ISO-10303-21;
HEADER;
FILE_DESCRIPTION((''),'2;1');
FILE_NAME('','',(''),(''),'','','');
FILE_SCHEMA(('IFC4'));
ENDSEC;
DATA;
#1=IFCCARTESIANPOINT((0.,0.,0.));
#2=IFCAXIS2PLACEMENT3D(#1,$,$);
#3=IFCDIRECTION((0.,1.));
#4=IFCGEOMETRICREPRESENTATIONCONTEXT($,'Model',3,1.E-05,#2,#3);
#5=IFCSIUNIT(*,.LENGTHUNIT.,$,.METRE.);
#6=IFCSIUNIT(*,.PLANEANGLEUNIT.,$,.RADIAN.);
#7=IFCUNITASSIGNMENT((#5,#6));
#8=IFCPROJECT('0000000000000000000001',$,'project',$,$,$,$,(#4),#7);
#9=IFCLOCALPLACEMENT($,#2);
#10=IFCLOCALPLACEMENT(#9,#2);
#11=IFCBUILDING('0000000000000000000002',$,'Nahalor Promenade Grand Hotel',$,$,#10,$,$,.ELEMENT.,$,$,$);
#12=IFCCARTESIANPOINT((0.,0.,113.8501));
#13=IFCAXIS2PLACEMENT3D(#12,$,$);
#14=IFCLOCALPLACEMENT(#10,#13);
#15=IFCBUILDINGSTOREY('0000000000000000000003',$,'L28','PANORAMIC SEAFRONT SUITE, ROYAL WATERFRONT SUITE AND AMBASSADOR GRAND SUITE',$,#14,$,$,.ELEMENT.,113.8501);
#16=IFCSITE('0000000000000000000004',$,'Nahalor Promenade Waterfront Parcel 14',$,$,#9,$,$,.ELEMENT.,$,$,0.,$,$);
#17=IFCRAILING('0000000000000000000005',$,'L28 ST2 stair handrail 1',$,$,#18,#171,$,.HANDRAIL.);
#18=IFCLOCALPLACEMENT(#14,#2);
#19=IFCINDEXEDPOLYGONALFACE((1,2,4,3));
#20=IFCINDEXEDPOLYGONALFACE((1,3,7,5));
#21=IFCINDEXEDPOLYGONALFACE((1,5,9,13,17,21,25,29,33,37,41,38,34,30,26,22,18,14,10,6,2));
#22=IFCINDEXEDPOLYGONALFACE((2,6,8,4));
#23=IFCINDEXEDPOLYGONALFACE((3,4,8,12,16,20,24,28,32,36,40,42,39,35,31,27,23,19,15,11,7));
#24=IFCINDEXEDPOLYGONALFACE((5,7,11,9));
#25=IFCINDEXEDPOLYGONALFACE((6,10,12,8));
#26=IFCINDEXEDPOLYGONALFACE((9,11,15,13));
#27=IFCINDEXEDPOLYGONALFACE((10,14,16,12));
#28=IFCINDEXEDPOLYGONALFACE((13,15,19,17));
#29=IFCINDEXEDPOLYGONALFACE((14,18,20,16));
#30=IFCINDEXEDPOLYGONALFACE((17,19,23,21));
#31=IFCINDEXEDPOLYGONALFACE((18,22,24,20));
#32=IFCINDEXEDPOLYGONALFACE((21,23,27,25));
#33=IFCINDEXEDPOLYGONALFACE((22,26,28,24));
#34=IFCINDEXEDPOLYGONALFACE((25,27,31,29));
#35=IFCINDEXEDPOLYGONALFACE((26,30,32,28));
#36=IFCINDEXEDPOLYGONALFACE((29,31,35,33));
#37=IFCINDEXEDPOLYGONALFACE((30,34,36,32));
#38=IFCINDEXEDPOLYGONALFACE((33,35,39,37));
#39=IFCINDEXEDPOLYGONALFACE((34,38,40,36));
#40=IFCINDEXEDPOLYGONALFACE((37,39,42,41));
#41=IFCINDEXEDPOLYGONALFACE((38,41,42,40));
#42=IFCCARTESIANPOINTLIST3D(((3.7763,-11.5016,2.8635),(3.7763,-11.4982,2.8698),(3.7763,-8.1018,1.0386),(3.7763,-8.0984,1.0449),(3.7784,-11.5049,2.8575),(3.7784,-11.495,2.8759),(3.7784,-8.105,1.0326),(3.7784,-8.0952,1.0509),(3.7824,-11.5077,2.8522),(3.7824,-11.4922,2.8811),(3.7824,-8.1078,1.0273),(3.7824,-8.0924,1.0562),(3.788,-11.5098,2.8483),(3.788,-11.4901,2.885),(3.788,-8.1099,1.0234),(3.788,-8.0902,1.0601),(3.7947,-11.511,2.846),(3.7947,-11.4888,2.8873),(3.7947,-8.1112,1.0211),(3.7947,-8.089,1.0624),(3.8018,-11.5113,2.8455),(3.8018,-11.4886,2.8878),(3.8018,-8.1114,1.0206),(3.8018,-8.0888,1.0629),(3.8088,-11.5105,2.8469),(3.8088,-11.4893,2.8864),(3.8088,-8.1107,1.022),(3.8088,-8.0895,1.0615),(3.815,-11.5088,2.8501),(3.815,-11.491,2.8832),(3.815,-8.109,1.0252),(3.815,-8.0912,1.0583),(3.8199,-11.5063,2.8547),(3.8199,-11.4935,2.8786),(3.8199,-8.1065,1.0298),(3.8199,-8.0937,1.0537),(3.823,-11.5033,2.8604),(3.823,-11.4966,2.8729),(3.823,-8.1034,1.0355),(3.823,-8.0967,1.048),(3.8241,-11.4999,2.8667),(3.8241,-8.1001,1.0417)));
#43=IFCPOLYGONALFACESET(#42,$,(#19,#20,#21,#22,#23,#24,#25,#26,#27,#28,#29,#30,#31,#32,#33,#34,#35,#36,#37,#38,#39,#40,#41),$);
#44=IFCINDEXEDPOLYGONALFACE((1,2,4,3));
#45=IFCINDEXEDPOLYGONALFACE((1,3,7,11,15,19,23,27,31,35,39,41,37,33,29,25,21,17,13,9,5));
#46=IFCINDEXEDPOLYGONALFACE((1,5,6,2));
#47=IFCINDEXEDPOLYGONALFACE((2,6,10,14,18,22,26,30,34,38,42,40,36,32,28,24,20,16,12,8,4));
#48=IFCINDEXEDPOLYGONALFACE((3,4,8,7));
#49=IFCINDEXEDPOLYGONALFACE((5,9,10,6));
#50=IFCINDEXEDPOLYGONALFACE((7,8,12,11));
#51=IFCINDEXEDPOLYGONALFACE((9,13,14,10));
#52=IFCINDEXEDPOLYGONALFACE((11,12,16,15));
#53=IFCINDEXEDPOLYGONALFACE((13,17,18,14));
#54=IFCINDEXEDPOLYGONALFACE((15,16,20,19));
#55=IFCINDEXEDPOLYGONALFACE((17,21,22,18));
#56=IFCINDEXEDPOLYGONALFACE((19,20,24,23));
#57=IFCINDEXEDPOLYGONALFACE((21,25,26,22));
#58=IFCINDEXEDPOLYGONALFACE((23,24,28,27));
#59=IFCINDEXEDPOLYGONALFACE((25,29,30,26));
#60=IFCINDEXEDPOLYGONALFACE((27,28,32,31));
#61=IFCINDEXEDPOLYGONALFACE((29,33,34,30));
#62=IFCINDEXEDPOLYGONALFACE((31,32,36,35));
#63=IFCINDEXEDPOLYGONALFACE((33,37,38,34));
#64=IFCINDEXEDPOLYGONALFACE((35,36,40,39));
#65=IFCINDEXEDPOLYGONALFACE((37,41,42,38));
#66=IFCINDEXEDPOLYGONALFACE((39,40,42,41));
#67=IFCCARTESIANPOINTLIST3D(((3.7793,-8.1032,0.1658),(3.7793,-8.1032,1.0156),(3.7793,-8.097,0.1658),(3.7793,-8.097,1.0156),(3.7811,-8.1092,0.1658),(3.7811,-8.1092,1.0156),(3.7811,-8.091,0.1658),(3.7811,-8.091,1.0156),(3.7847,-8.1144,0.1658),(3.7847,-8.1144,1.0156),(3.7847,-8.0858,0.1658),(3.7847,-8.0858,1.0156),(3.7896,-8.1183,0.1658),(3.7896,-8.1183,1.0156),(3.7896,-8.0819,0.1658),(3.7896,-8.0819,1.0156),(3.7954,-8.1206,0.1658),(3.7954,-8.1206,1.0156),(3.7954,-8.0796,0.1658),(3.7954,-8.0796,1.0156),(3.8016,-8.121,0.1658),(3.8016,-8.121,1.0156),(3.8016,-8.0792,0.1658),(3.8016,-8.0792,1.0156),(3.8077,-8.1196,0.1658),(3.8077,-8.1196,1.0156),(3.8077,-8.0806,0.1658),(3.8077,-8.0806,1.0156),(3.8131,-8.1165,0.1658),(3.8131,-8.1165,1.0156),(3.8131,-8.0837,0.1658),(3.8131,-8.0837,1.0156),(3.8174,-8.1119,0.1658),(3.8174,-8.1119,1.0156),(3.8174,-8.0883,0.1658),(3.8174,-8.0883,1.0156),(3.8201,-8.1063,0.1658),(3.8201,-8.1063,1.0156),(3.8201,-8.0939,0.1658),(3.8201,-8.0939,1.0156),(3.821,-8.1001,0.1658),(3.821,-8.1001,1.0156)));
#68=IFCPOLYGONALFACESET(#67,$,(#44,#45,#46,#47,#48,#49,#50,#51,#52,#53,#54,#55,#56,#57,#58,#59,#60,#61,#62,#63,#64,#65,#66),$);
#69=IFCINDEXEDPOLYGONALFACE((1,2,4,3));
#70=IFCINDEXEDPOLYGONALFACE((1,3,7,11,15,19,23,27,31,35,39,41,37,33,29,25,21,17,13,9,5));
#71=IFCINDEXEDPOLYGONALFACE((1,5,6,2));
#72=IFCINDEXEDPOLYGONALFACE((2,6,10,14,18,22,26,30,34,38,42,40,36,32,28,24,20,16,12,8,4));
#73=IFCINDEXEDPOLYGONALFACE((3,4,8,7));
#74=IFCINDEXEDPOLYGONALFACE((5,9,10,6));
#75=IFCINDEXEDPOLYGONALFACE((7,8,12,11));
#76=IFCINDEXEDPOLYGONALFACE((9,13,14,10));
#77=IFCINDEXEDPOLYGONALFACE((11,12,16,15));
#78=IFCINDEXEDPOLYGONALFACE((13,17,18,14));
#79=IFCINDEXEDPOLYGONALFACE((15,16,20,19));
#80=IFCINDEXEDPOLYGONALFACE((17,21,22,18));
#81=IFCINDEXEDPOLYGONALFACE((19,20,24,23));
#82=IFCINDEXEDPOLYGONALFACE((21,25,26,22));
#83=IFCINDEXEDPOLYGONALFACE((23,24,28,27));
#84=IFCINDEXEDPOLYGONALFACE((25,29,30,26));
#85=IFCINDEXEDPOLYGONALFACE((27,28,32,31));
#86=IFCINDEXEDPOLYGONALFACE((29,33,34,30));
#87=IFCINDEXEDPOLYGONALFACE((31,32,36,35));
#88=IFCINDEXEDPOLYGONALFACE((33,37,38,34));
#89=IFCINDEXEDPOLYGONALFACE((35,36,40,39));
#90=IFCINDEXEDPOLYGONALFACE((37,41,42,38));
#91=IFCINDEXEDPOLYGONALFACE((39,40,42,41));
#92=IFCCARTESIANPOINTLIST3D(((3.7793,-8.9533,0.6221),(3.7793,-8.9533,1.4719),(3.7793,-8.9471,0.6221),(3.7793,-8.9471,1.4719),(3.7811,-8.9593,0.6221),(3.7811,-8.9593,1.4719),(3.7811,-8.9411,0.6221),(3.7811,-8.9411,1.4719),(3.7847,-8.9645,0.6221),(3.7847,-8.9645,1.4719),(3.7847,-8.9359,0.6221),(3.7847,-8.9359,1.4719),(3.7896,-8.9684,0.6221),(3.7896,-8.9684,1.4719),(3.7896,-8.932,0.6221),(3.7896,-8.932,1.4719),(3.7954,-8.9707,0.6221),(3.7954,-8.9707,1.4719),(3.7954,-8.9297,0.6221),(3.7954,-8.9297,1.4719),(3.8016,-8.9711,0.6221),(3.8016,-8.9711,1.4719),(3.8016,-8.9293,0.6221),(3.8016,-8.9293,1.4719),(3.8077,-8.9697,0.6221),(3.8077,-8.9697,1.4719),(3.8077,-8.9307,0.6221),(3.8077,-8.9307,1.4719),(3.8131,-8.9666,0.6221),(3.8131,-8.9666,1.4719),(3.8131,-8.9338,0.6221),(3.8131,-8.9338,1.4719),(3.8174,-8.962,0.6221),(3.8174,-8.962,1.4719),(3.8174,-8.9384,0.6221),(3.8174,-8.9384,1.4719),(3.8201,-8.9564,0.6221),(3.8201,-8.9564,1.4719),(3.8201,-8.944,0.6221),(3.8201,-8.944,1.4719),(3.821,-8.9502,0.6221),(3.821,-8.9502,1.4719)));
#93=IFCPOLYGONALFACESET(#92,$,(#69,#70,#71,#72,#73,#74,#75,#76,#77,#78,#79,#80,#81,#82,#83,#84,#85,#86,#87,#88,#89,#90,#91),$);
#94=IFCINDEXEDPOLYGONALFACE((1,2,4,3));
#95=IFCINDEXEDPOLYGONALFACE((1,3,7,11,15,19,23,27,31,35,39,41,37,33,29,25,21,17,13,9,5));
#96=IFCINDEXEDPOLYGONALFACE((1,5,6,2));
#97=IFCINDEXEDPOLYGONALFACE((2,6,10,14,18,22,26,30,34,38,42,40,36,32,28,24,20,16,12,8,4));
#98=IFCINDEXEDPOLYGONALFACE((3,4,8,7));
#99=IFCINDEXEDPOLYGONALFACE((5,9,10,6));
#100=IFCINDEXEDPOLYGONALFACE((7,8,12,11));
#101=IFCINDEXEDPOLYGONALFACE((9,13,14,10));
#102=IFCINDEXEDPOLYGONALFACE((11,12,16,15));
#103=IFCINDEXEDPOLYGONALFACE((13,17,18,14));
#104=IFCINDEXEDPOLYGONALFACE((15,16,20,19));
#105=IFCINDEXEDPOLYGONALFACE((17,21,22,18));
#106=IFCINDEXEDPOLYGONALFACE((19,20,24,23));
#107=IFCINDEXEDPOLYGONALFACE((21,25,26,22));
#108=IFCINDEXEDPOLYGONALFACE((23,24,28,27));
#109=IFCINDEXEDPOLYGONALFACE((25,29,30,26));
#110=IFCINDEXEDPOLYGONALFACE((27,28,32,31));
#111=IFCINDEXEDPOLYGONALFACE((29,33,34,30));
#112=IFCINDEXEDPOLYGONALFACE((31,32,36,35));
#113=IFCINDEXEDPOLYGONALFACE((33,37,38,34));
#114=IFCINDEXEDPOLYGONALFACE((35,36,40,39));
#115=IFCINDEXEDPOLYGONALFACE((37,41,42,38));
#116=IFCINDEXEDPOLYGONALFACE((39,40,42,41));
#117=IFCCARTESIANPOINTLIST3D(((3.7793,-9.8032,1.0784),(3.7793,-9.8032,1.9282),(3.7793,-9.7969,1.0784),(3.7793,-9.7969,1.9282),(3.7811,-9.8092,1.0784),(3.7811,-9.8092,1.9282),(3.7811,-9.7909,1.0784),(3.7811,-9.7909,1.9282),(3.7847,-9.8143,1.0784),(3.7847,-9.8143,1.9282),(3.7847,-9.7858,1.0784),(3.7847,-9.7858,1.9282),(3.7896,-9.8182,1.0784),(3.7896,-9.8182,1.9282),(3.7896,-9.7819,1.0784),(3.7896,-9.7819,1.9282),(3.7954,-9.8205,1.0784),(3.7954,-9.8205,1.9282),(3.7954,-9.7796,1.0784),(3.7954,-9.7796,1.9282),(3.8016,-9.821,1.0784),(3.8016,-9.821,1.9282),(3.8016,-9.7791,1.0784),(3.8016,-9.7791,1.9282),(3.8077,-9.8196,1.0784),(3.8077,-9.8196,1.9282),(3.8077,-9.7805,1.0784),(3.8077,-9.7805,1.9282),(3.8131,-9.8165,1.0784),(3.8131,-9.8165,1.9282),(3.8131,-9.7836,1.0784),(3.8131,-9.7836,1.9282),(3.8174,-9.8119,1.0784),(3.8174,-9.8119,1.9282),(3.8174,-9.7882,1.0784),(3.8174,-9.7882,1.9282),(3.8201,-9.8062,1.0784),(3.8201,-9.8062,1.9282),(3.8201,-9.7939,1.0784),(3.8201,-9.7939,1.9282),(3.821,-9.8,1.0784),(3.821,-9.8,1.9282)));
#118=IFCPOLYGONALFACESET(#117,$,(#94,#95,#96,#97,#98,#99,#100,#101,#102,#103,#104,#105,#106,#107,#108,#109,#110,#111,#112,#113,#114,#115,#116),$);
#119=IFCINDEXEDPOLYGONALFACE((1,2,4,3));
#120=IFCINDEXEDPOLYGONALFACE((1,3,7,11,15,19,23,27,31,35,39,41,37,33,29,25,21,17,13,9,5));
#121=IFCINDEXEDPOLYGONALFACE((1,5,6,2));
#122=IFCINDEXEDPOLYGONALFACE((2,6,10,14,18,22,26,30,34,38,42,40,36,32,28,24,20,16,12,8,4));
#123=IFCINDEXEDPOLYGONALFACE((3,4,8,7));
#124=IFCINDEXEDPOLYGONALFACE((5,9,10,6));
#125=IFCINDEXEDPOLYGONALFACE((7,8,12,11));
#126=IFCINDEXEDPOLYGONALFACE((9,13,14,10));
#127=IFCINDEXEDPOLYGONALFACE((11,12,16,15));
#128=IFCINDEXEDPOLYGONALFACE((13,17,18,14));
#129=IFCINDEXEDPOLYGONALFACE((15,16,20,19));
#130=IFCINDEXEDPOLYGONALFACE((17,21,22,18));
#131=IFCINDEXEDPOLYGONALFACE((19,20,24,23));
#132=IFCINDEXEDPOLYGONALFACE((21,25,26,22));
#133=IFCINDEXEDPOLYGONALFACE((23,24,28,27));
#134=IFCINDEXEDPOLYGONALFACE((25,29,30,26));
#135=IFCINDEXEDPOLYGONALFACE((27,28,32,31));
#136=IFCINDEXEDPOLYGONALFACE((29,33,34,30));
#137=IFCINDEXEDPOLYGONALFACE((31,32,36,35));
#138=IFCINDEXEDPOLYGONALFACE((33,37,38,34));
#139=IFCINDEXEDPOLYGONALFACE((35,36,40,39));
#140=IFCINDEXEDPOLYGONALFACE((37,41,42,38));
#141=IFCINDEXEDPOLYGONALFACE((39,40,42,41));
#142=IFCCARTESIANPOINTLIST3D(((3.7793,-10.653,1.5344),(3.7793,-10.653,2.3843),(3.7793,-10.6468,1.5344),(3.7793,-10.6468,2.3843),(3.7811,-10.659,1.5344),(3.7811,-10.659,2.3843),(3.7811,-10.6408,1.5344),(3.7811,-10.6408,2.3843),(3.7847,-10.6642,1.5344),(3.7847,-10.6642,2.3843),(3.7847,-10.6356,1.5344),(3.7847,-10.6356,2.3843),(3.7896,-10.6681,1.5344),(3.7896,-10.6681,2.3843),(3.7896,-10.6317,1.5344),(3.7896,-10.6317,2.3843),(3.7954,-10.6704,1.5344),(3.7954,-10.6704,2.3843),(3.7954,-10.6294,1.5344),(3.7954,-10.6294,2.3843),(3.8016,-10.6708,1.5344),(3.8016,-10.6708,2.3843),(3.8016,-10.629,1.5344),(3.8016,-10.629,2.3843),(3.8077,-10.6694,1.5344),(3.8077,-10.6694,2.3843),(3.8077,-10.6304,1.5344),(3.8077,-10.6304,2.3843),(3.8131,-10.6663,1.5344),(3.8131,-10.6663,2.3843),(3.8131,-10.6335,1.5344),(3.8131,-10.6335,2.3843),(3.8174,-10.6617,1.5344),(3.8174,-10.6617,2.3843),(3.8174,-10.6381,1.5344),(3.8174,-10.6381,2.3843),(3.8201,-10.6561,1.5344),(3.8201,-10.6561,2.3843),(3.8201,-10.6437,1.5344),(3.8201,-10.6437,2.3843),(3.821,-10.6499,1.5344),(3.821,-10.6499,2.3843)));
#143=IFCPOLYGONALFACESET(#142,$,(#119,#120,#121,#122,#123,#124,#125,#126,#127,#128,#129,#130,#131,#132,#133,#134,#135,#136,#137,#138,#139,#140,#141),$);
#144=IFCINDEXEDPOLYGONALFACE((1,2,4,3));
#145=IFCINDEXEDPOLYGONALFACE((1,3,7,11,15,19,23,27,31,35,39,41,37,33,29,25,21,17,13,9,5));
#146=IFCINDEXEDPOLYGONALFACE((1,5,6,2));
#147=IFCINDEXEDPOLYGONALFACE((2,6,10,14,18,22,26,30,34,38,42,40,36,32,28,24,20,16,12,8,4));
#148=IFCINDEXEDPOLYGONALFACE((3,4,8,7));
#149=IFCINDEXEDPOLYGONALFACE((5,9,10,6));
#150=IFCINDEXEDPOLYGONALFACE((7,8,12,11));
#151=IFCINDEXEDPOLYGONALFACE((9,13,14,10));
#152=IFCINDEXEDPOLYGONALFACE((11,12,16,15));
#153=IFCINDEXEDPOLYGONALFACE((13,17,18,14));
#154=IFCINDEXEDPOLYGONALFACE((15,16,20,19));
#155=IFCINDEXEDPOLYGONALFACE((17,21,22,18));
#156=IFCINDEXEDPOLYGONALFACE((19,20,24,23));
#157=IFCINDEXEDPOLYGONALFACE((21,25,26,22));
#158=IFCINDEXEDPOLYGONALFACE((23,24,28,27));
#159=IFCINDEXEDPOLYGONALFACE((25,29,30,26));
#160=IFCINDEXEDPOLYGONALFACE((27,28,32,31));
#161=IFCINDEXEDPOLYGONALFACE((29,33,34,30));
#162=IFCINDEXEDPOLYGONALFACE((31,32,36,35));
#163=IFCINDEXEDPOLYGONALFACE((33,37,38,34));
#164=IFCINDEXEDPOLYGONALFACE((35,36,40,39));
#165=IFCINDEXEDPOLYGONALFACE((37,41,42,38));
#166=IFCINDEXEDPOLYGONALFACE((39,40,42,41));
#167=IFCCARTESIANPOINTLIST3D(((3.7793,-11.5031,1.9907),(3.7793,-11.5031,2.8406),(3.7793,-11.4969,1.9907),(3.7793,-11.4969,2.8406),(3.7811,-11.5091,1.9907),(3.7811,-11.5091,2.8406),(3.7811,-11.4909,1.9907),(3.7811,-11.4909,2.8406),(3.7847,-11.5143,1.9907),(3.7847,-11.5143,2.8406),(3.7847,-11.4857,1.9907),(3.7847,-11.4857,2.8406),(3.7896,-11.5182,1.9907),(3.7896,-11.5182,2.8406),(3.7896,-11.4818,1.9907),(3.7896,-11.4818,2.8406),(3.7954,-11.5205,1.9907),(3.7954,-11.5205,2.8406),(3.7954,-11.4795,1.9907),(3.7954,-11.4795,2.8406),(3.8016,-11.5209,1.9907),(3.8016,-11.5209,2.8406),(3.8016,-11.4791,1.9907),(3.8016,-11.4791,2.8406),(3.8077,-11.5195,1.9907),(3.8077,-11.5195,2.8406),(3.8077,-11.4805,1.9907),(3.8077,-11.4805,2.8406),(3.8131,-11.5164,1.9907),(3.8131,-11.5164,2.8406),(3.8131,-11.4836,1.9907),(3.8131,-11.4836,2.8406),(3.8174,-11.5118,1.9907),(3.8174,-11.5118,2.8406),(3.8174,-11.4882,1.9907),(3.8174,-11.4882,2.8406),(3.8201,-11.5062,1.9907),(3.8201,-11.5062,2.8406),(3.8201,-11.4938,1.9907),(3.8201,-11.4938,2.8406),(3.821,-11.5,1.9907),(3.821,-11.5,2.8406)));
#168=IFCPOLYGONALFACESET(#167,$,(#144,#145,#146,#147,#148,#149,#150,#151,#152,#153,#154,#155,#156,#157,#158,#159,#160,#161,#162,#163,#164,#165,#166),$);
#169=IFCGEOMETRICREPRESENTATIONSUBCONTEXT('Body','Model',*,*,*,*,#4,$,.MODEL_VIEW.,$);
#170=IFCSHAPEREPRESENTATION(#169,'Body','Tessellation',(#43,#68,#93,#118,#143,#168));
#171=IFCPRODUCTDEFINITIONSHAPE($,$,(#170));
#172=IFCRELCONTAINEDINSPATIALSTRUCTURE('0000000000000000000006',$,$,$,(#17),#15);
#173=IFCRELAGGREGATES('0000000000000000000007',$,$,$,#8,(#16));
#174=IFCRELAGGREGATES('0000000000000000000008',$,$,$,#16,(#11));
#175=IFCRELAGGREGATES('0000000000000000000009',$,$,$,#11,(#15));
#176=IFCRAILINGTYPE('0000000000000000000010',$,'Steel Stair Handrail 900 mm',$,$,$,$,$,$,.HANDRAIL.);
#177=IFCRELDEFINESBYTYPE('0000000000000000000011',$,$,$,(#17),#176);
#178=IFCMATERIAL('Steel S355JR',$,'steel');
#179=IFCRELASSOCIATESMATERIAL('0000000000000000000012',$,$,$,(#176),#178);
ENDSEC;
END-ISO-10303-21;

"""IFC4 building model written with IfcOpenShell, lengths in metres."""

from ifc_helpers import new_model, si_unit, direction, frame, origin, origin_2d, place, context, subcontext, project, spatial, circle, extrude, material, type_object, element, save


model = new_model("IFC4")

# Units and contexts
model_context = context("Model", 3, precision=1e-05, world=origin(), true_north=direction((0.0, 1.0)))
body_context = subcontext(model_context, "Body", "Model", "MODEL_VIEW")
ifc_project = project(units=[si_unit("LENGTHUNIT", "METRE"), si_unit("PLANEANGLEUNIT", "RADIAN")], contexts=[model_context])

# Site, building, storey
site_placement = place(None, origin())
site = spatial("IfcSite", under=ifc_project, at=site_placement, Name="Nahalor Promenade Waterfront Parcel 14", CompositionType="ELEMENT", RefElevation=0.0)
building_placement = place(site_placement, origin())
building = spatial("IfcBuilding", under=site, at=building_placement, Name="Nahalor Promenade Grand Hotel", CompositionType="ELEMENT")
storey_placement = place(building_placement, frame((0.0, 0.0, 113.8501)))
storey = spatial("IfcBuildingStorey", under=building, at=storey_placement, Name="L28", Description="PANORAMIC SEAFRONT SUITE, ROYAL WATERFRONT SUITE AND AMBASSADOR GRAND SUITE", CompositionType="ELEMENT", Elevation=113.8501)

# Shared definitions
ifc_material_1 = material(Name="Steel S355JR", Category="steel")

# Railing
railing_type_1 = type_object("IfcRailingType", Name="Steel Stair Handrail 900 mm", PredefinedType="HANDRAIL", material=ifc_material_1)
railing_1_placement = place(storey_placement, frame((3.8, -8.1001, 0.1658)))
element("IfcRailing", 1, at=railing_1_placement, inside=storey, type_object=railing_type_1, Name="L28 ST2 stair handrail 1", PredefinedType="HANDRAIL", context=body_context, shape_type="SweptSolid", body=[
    extrude(circle(Radius=0.024, at=origin_2d()), frame((0.0, 0.0, 0.876), z_axis=(0.0, -0.881094, 0.472941), x_axis=(1.0, 0.0, 0.0)), (0.0, 0.0, 1.0), 3.8586),
    extrude(circle(Radius=0.021, at=origin_2d()), origin(), (0.0, 0.0, 1.0), 0.8499),
    extrude(circle(Radius=0.021, at=origin_2d()), frame((0.0, -0.8501, 0.4563)), (0.0, 0.0, 1.0), 0.8499),
    extrude(circle(Radius=0.021, at=origin_2d()), frame((0.0, -1.7, 0.9126)), (0.0, 0.0, 1.0), 0.8499),
    extrude(circle(Radius=0.021, at=origin_2d()), frame((0.0, -2.5498, 1.3687)), (0.0, 0.0, 1.0), 0.8499),
    extrude(circle(Radius=0.021, at=origin_2d()), frame((0.0, -3.3999, 1.825)), (0.0, 0.0, 1.0), 0.8499),
])

save(model, "model.ifc")
